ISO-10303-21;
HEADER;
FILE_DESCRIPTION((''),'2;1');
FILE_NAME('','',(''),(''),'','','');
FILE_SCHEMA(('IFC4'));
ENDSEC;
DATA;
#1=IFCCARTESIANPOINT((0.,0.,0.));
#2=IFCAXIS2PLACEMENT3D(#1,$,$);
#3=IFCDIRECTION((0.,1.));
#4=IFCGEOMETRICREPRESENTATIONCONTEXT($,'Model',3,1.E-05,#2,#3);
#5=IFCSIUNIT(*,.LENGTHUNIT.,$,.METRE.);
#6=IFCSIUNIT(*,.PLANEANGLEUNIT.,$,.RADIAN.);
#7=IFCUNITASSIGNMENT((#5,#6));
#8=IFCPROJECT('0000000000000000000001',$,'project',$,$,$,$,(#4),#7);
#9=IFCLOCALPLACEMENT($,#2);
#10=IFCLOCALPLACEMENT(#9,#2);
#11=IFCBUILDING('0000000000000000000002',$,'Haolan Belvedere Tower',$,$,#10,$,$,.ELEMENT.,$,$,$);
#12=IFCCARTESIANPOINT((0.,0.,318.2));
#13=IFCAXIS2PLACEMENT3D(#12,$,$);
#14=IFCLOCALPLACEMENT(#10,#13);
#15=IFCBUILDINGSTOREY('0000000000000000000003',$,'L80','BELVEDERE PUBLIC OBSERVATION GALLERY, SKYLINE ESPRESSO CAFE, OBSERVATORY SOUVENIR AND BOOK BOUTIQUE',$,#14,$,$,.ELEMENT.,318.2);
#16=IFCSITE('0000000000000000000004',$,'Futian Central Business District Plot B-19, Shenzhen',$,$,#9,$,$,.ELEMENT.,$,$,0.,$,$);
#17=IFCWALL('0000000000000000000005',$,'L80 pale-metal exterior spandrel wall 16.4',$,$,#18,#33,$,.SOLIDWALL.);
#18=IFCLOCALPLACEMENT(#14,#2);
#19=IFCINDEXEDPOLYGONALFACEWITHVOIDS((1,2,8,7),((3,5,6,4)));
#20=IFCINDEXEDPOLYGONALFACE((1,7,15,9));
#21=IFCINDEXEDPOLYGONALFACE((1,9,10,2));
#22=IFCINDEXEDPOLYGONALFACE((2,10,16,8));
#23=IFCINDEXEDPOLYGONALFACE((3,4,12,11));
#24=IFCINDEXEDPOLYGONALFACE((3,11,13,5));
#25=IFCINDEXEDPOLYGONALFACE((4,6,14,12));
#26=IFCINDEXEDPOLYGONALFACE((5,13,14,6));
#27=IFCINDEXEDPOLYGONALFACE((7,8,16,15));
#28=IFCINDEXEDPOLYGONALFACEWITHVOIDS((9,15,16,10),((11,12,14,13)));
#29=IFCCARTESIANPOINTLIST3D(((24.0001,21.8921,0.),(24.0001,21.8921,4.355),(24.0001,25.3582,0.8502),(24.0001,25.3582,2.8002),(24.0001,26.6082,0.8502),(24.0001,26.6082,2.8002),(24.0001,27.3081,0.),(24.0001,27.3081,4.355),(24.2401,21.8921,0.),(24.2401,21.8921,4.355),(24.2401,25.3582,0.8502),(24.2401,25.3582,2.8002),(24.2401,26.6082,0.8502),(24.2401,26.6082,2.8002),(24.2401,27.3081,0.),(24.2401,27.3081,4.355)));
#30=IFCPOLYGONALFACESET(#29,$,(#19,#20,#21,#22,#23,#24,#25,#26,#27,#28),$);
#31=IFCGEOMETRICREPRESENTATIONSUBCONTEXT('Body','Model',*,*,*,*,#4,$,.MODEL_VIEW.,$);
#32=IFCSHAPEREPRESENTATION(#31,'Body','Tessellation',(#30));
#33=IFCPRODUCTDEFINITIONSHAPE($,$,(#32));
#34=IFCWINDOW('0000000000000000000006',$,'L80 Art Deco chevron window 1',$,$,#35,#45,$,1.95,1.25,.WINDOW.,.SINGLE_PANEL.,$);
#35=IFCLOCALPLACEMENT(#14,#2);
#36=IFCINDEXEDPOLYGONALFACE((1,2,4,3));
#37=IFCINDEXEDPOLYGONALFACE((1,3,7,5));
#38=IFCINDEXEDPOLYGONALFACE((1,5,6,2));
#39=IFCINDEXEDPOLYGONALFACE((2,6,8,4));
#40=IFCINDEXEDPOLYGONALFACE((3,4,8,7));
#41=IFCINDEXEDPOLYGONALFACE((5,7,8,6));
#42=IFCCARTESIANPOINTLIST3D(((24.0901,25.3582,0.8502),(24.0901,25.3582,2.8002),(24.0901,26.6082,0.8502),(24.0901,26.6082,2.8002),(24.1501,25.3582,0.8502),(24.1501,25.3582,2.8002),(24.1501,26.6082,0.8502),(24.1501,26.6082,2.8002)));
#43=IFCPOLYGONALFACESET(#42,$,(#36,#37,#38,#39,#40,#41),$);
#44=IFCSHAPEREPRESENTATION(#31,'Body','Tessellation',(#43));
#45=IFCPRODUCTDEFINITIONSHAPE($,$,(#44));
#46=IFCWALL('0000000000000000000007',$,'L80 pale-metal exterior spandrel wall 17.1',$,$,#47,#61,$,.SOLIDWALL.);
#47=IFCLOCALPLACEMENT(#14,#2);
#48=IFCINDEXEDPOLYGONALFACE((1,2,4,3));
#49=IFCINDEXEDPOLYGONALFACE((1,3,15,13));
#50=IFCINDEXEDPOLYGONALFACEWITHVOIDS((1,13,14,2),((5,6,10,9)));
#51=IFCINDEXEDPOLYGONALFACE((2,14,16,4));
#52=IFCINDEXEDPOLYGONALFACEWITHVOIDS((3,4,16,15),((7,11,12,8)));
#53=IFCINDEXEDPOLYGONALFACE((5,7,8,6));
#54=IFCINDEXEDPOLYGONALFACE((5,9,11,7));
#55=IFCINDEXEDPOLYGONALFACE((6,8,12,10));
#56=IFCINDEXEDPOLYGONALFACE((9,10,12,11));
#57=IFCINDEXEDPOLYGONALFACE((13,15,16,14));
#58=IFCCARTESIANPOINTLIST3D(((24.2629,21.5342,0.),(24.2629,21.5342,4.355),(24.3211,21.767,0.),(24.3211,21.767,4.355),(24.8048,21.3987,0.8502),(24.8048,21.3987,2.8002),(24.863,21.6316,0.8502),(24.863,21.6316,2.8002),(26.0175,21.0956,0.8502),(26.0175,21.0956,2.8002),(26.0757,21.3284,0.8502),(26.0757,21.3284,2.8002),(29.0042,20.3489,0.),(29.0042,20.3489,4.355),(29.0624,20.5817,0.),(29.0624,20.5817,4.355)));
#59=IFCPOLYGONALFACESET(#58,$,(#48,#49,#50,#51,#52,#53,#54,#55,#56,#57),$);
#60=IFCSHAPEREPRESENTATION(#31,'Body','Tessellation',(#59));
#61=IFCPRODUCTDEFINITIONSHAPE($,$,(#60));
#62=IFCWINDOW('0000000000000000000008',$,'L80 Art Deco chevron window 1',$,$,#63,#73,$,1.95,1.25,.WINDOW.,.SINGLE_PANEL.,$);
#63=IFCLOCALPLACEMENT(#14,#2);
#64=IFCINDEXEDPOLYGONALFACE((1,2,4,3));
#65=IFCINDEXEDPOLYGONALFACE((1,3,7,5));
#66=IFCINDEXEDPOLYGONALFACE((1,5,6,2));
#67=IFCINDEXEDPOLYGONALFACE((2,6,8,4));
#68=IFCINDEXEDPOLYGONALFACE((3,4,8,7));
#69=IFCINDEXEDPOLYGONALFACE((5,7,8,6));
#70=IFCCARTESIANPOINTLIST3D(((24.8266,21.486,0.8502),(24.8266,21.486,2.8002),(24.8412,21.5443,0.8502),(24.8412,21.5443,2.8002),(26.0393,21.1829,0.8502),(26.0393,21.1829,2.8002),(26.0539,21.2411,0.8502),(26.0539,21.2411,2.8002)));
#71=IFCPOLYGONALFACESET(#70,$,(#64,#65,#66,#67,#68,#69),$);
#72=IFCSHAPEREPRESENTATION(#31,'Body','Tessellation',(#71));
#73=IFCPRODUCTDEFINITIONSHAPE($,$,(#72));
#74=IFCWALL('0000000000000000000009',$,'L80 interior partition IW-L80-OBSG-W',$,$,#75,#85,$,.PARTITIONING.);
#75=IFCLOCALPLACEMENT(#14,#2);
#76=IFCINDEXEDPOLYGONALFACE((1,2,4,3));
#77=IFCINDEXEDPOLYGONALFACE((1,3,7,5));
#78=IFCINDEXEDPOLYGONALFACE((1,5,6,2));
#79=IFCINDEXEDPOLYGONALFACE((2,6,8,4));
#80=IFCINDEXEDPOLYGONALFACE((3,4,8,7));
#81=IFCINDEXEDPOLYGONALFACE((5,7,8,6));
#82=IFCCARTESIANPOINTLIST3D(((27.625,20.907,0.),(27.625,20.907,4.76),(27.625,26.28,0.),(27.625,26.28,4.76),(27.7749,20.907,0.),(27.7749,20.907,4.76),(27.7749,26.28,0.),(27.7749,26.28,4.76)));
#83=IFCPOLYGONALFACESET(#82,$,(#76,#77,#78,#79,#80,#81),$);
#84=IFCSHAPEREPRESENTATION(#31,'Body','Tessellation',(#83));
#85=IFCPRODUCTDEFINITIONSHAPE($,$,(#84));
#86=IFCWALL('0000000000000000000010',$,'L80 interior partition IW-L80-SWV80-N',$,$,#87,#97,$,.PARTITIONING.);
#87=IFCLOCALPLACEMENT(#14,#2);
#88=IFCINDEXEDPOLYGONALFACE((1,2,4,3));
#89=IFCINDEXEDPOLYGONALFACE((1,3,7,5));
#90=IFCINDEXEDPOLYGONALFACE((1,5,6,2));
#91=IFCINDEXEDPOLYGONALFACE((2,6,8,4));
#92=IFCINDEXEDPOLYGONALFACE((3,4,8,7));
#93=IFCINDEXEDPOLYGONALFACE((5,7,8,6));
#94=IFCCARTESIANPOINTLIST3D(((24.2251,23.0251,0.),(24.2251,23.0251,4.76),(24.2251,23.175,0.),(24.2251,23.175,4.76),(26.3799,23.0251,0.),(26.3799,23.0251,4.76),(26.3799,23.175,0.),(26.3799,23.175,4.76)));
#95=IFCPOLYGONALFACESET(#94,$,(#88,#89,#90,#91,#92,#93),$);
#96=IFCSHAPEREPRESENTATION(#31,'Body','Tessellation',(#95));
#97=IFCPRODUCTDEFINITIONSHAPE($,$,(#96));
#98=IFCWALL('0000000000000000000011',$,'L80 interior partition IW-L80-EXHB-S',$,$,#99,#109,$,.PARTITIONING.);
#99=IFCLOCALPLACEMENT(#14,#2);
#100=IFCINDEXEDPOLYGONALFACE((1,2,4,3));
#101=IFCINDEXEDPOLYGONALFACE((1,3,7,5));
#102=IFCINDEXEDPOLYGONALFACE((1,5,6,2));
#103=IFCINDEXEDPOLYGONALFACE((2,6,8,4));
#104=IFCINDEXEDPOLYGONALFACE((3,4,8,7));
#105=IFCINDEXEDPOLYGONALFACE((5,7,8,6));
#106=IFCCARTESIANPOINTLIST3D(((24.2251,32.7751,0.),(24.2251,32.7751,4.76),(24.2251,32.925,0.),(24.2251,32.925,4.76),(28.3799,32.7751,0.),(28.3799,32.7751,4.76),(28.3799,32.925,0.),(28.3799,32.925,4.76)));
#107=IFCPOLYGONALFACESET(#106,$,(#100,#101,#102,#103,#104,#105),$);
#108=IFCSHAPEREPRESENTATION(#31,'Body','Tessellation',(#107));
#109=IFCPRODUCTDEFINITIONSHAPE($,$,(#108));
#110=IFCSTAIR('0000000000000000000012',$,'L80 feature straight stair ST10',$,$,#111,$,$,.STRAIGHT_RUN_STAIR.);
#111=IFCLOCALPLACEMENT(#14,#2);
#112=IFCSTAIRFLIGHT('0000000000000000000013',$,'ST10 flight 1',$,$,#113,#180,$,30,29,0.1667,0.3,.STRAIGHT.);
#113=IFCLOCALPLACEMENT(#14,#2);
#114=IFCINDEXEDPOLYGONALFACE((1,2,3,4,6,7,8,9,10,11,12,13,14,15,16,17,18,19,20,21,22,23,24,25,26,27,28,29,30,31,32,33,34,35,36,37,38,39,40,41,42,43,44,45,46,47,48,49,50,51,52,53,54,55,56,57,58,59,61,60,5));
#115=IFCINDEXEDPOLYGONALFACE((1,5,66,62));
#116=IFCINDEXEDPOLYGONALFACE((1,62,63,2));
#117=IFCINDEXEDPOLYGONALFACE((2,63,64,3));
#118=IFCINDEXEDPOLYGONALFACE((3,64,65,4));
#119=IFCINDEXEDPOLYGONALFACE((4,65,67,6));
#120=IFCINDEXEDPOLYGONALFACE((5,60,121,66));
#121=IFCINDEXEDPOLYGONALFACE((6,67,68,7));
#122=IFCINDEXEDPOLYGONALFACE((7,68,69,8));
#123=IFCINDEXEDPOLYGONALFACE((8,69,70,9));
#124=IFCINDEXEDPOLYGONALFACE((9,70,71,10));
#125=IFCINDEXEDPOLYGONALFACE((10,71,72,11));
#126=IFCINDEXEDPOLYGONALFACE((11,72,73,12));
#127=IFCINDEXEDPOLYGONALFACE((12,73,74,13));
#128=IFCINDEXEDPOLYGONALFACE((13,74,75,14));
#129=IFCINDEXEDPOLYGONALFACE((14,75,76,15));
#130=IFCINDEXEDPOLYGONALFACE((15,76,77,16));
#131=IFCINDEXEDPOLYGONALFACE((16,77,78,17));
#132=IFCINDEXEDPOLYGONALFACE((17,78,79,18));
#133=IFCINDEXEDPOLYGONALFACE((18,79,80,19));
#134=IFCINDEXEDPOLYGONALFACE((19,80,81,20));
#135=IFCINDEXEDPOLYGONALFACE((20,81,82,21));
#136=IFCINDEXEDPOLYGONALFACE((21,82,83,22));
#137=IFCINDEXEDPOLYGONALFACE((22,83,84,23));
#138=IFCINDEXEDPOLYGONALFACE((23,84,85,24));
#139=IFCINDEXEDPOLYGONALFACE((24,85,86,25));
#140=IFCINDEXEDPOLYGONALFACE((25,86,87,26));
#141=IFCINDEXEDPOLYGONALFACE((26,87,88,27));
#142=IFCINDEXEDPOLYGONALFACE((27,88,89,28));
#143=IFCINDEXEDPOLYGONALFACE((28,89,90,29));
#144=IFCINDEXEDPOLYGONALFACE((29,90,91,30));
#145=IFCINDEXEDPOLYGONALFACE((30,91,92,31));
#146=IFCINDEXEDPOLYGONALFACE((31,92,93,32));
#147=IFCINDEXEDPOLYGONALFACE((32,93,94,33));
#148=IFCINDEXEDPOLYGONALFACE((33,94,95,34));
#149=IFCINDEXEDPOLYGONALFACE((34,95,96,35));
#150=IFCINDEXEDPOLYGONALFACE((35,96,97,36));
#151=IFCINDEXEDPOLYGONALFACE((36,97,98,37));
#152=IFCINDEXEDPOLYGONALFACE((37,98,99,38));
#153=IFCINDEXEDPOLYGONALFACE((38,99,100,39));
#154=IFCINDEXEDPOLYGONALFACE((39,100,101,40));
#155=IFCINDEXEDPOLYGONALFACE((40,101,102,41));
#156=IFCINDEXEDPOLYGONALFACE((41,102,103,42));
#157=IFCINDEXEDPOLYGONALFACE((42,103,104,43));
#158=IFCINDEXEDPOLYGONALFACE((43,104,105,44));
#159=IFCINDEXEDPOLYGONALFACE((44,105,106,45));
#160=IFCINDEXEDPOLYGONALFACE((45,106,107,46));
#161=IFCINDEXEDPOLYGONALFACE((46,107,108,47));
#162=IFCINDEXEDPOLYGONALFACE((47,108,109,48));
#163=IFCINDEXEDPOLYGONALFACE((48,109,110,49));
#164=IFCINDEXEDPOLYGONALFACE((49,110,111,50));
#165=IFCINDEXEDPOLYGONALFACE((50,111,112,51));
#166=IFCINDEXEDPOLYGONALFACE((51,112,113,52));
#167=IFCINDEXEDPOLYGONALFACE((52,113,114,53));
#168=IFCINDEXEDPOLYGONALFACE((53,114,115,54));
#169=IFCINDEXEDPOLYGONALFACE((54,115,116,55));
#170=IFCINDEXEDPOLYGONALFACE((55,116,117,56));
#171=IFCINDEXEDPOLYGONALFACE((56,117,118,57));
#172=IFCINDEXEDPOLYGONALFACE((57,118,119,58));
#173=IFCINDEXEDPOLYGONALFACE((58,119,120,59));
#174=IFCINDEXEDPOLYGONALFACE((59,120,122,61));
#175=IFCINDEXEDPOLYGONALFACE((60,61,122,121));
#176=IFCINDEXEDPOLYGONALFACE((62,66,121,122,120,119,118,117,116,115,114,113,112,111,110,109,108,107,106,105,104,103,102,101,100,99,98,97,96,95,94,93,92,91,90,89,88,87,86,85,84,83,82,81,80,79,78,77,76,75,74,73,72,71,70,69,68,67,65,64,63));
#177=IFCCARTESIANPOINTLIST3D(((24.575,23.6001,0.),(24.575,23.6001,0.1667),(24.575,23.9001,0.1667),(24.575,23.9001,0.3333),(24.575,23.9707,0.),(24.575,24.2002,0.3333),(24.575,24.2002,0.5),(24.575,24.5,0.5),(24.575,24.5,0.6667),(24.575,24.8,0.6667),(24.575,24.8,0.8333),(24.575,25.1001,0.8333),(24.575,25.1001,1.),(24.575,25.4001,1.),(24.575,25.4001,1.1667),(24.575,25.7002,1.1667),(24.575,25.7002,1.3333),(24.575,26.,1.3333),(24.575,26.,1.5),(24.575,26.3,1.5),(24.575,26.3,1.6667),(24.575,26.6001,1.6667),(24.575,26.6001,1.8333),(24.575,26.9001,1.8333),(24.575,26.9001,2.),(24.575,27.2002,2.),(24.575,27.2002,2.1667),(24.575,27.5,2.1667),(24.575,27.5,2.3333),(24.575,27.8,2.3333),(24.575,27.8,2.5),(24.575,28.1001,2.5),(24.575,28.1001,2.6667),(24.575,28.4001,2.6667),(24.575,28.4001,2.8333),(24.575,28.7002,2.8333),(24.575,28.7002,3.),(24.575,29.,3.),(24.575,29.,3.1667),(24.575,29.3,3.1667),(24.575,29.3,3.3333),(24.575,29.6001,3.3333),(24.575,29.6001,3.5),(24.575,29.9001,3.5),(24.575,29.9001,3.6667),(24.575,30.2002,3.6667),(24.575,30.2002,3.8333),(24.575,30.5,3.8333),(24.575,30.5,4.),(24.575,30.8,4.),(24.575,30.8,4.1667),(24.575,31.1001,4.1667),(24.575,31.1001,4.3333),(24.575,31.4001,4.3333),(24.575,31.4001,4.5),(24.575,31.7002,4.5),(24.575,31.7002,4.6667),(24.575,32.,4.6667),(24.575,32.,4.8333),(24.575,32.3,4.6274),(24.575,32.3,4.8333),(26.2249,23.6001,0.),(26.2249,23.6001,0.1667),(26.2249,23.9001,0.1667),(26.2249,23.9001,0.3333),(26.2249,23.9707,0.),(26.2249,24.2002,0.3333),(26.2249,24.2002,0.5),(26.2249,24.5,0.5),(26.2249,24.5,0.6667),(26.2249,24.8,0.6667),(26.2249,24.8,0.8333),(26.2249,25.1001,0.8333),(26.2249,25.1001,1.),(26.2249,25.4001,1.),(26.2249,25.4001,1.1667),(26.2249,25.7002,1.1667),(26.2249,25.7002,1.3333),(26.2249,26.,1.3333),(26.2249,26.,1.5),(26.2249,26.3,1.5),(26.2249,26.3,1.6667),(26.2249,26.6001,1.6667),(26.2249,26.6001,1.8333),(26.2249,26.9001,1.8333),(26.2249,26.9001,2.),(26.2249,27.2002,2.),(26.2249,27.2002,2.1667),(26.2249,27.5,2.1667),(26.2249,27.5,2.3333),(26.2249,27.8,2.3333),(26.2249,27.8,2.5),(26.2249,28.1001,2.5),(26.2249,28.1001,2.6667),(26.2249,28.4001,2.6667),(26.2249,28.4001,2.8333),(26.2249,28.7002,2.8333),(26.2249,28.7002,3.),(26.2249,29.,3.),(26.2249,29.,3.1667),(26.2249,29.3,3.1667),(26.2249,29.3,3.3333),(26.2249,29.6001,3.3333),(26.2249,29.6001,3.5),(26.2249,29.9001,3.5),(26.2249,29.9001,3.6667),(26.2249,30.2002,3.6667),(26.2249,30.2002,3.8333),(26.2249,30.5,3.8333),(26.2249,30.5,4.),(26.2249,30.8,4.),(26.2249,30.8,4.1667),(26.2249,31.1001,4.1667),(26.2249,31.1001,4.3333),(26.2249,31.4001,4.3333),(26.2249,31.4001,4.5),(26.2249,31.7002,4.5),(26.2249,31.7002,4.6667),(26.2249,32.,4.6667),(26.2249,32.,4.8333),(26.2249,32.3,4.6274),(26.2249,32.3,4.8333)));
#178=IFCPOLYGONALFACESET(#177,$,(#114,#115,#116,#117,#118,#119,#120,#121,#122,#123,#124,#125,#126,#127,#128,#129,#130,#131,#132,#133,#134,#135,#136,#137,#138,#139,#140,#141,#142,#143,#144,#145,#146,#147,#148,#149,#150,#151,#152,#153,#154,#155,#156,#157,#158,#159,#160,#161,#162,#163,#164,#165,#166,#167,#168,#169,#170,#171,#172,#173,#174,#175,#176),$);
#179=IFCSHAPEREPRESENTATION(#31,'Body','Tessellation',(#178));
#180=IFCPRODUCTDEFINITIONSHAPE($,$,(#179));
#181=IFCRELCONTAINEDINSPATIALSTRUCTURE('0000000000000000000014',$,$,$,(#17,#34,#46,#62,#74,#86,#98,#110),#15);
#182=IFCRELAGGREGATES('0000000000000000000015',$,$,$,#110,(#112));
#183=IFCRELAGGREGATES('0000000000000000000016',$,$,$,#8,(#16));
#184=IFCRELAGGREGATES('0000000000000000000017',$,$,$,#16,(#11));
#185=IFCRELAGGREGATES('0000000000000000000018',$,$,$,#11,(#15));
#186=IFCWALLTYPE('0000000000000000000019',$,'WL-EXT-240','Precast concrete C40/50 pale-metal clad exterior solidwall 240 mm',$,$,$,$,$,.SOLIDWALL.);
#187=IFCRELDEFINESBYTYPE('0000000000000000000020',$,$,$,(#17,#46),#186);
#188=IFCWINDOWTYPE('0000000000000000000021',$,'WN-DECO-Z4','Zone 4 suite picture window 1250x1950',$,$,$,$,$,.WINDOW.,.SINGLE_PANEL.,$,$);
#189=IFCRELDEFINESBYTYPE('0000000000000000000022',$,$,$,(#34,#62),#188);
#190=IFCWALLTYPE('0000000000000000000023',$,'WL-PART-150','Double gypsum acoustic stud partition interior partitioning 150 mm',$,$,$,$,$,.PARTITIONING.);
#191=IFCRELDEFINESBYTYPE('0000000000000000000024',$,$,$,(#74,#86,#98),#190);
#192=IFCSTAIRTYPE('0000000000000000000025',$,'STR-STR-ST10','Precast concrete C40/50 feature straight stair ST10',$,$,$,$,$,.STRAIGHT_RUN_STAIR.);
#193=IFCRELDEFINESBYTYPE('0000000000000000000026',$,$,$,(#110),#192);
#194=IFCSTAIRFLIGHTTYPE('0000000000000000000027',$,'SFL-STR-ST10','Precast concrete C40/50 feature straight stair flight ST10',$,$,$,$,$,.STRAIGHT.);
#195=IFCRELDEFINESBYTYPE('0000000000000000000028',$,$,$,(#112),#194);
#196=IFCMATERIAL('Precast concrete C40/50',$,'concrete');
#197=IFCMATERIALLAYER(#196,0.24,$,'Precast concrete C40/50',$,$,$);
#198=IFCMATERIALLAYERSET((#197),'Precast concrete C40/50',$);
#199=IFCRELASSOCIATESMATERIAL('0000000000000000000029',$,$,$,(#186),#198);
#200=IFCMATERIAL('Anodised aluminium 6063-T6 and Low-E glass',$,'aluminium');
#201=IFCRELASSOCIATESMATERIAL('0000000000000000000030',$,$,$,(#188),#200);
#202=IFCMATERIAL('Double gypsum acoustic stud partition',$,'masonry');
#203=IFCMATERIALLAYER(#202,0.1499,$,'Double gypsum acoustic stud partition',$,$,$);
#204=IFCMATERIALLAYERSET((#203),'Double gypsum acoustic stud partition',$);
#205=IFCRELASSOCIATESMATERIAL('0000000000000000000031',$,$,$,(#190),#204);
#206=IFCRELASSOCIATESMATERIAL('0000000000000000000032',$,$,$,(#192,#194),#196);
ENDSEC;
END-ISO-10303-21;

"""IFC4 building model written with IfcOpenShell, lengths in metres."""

from ifc_helpers import new_model, si_unit, direction, frame, frame_2d, origin, place, context, subcontext, project, spatial, polyline, rectangle, outline, extrude, material, layer, layer_set, type_object, element, fill, aggregate, save


model = new_model("IFC4")

# Units and contexts
model_context = context("Model", 3, precision=1e-05, world=origin(), true_north=direction((0.0, 1.0)))
body_context = subcontext(model_context, "Body", "Model", "MODEL_VIEW")
ifc_project = project(units=[si_unit("LENGTHUNIT", "METRE"), si_unit("PLANEANGLEUNIT", "RADIAN")], contexts=[model_context])

# Site, building, storey
site_placement = place(None, origin())
site = spatial("IfcSite", under=ifc_project, at=site_placement, Name="Futian Central Business District Plot B-19, Shenzhen", CompositionType="ELEMENT", RefElevation=0.0)
building_placement = place(site_placement, origin())
building = spatial("IfcBuilding", under=site, at=building_placement, Name="Haolan Belvedere Tower", CompositionType="ELEMENT")
storey_placement = place(building_placement, frame((0.0, 0.0, 318.2)))
storey = spatial("IfcBuildingStorey", under=building, at=storey_placement, Name="L80", Description="BELVEDERE PUBLIC OBSERVATION GALLERY, SKYLINE ESPRESSO CAFE, OBSERVATORY SOUVENIR AND BOOK BOUTIQUE", CompositionType="ELEMENT", Elevation=318.2)

# Walls, openings, windows
ifc_material_1 = material(Name="Precast concrete C40/50", Category="concrete")
ifc_layer_1 = layer(ifc_material_1, 0.24, Name="Precast concrete C40/50")
ifc_layer_set_1 = layer_set([ifc_layer_1], Name="Precast concrete C40/50")
wall_type_1 = type_object("IfcWallType", Name="WL-EXT-240", Description="Precast concrete C40/50 pale-metal clad exterior solidwall 240 mm", PredefinedType="SOLIDWALL", material=ifc_layer_set_1)
wall_1_placement = place(storey_placement, frame((24.1201, 27.3081, 0.0), z_axis=(0.0, 0.0, 1.0), x_axis=(0.0, -1.0, 0.0)))
wall_1 = element("IfcWall", 1, at=wall_1_placement, inside=storey, type_object=wall_type_1, Name="L80 pale-metal exterior spandrel wall 16.4", PredefinedType="SOLIDWALL", context=body_context, shape_type="SweptSolid", body=[
    extrude(rectangle(XDim=5.416, YDim=0.24, at=frame_2d((2.708, 0.0))), origin(), (0.0, 0.0, 1.0), 4.355),
])
opening_1_placement = place(wall_1_placement, frame((0.7, 0.0, 0.8501)))
opening_1 = element("IfcOpeningElement", 2, at=opening_1_placement, cuts=wall_1, PredefinedType="OPENING", context=body_context, shape_type="SweptSolid", body=[
    extrude(rectangle(XDim=1.25, YDim=1.95, at=frame_2d((0.625, 0.9751))), frame((0.0, 0.1299, 0.0), z_axis=(0.0, -1.0, 0.0), x_axis=(1.0, 0.0, 0.0)), (0.0, 0.0, 1.0), 0.26),
])
ifc_material_2 = material(Name="Anodised aluminium 6063-T6 and Low-E glass", Category="aluminium")
window_type = type_object("IfcWindowType", Name="WN-DECO-Z4", Description="Zone 4 suite picture window 1250x1950", PartitioningType="SINGLE_PANEL", PredefinedType="WINDOW", material=ifc_material_2)
window_1_placement = place(opening_1_placement, origin())
window_1 = element("IfcWindow", 3, at=window_1_placement, inside=storey, type_object=window_type, Name="L80 Art Deco chevron window 1", OverallHeight=1.95, OverallWidth=1.25, PartitioningType="SINGLE_PANEL", PredefinedType="WINDOW", context=body_context, shape_type="SweptSolid", body=[
    extrude(rectangle(XDim=1.25, YDim=1.95, at=frame_2d((0.625, 0.9751))), frame((0.0, 0.03, 0.0), z_axis=(0.0, -1.0, 0.0), x_axis=(1.0, 0.0, 0.0)), (0.0, 0.0, 1.0), 0.0601),
])
fill(opening_1, window_1)
wall_2_placement = place(storey_placement, frame((24.292, 21.6506, 0.0), z_axis=(0.0, 0.0, 1.0), x_axis=(0.970143, -0.242536, 0.0)))
wall_2 = element("IfcWall", 4, at=wall_2_placement, inside=storey, type_object=wall_type_1, Name="L80 pale-metal exterior spandrel wall 17.1", PredefinedType="SOLIDWALL", context=body_context, shape_type="SweptSolid", body=[
    extrude(rectangle(XDim=4.8872, YDim=0.24, at=frame_2d((2.4436, 0.0))), origin(), (0.0, 0.0, 1.0), 4.355),
])
opening_2_placement = place(wall_2_placement, frame((0.5586, 0.0, 0.8501)))
opening_2 = element("IfcOpeningElement", 5, at=opening_2_placement, cuts=wall_2, PredefinedType="OPENING", context=body_context, shape_type="SweptSolid", body=[
    extrude(rectangle(XDim=1.25, YDim=1.95, at=frame_2d((0.625, 0.9751))), frame((0.0, 0.1299, 0.0), z_axis=(0.0, -1.0, 0.0), x_axis=(1.0, 0.0, 0.0)), (0.0, 0.0, 1.0), 0.26),
])
window_2_placement = place(opening_2_placement, origin())
window_2 = element("IfcWindow", 6, at=window_2_placement, inside=storey, type_object=window_type, Name="L80 Art Deco chevron window 1", OverallHeight=1.95, OverallWidth=1.25, PartitioningType="SINGLE_PANEL", PredefinedType="WINDOW", context=body_context, shape_type="SweptSolid", body=[
    extrude(rectangle(XDim=1.25, YDim=1.95, at=frame_2d((0.625, 0.9751))), frame((0.0, 0.03, 0.0), z_axis=(0.0, -1.0, 0.0), x_axis=(1.0, 0.0, 0.0)), (0.0, 0.0, 1.0), 0.0601),
])
fill(opening_2, window_2)

# Walls
ifc_material_3 = material(Name="Double gypsum acoustic stud partition", Category="masonry")
ifc_layer_2 = layer(ifc_material_3, 0.1499, Name="Double gypsum acoustic stud partition")
ifc_layer_set_2 = layer_set([ifc_layer_2], Name="Double gypsum acoustic stud partition")
wall_type_2 = type_object("IfcWallType", Name="WL-PART-150", Description="Double gypsum acoustic stud partition interior partitioning 150 mm", PredefinedType="PARTITIONING", material=ifc_layer_set_2)
wall_3_placement = place(storey_placement, frame((27.7, 20.907, 0.0), z_axis=(0.0, 0.0, 1.0), x_axis=(0.0, 1.0, 0.0)))
element("IfcWall", 7, at=wall_3_placement, inside=storey, type_object=wall_type_2, Name="L80 interior partition IW-L80-OBSG-W", PredefinedType="PARTITIONING", context=body_context, shape_type="SweptSolid", body=[
    extrude(rectangle(XDim=5.373, YDim=0.1499, at=frame_2d((2.6865, 0.0))), origin(), (0.0, 0.0, 1.0), 4.76),
])
wall_4_placement = place(storey_placement, frame((24.2251, 23.1001, 0.0), z_axis=(0.0, 0.0, 1.0), x_axis=(1.0, 0.0, 0.0)))
element("IfcWall", 8, at=wall_4_placement, inside=storey, type_object=wall_type_2, Name="L80 interior partition IW-L80-SWV80-N", PredefinedType="PARTITIONING", context=body_context, shape_type="SweptSolid", body=[
    extrude(rectangle(XDim=2.1548, YDim=0.1499, at=frame_2d((1.0774, 0.0))), origin(), (0.0, 0.0, 1.0), 4.76),
])

# Wall
wall_5_placement = place(storey_placement, frame((24.2251, 32.8501, 0.0), z_axis=(0.0, 0.0, 1.0), x_axis=(1.0, 0.0, 0.0)))
element("IfcWall", 9, at=wall_5_placement, inside=storey, type_object=wall_type_2, Name="L80 interior partition IW-L80-EXHB-S", PredefinedType="PARTITIONING", context=body_context, shape_type="SweptSolid", body=[
    extrude(rectangle(XDim=4.1548, YDim=0.1499, at=frame_2d((2.0774, 0.0))), origin(), (0.0, 0.0, 1.0), 4.76),
])

# Stair, stair flight
stair_type_1 = type_object("IfcStairType", Name="STR-STR-ST10", Description="Precast concrete C40/50 feature straight stair ST10", PredefinedType="STRAIGHT_RUN_STAIR", material=ifc_material_1)
stair_1_placement = place(storey_placement, origin())
stair_1 = element("IfcStair", 10, at=stair_1_placement, inside=storey, type_object=stair_type_1, Name="L80 feature straight stair ST10", PredefinedType="STRAIGHT_RUN_STAIR")
stair_flight_type = type_object("IfcStairFlightType", Name="SFL-STR-ST10", Description="Precast concrete C40/50 feature straight stair flight ST10", PredefinedType="STRAIGHT", material=ifc_material_1)
stair_flight_placement = place(storey_placement, frame((25.3999, 23.6001, 0.0), z_axis=(0.0, 0.0, 1.0), x_axis=(0.0, 1.0, 0.0)))
stair_flight = element("IfcStairFlight", 11, at=stair_flight_placement, type_object=stair_flight_type, Name="ST10 flight 1", NumberOfRisers=30, NumberOfTreads=29, PredefinedType="STRAIGHT", RiserHeight=0.1667, TreadLength=0.3, context=body_context, shape_type="SweptSolid", body=[
    extrude(outline(polyline([(0.0, 0.0), (0.0, 0.1667), (0.3, 0.1667), (0.3, 0.3333), (0.6001, 0.3333), (0.6001, 0.5), (0.8999, 0.5), (0.8999, 0.6667), (1.2, 0.6667), (1.2, 0.8333), (1.5, 0.8333), (1.5, 1.0), (1.8, 1.0), (1.8, 1.1667), (2.1001, 1.1667), (2.1001, 1.3333), (2.3999, 1.3333), (2.3999, 1.5), (2.7, 1.5), (2.7, 1.6667), (3.0, 1.6667), (3.0, 1.8333), (3.3, 1.8333), (3.3, 2.0), (3.6001, 2.0), (3.6001, 2.1667), (3.8999, 2.1667), (3.8999, 2.3333), (4.2, 2.3333), (4.2, 2.5), (4.5, 2.5), (4.5, 2.6667), (4.8, 2.6667), (4.8, 2.8333), (5.1001, 2.8333), (5.1001, 3.0), (5.3999, 3.0), (5.3999, 3.1667), (5.7, 3.1667), (5.7, 3.3333), (6.0, 3.3333), (6.0, 3.5), (6.3, 3.5), (6.3, 3.6667), (6.6001, 3.6667), (6.6001, 3.8333), (6.8999, 3.8333), (6.8999, 4.0), (7.2, 4.0), (7.2, 4.1667), (7.5, 4.1667), (7.5, 4.3333), (7.8, 4.3333), (7.8, 4.5), (8.1001, 4.5), (8.1001, 4.6667), (8.3999, 4.6667), (8.3999, 4.8333), (8.7, 4.8333), (8.7, 5.0), (8.7, 4.6274), (0.3706, 0.0), (0.0, 0.0)])), frame((0.0, 0.825, 0.0), z_axis=(0.0, -1.0, 0.0), x_axis=(1.0, 0.0, 0.0)), (0.0, 0.0, 1.0), 1.6499),
])
aggregate(stair_1, [stair_flight])

save(model, "model.ifc")
